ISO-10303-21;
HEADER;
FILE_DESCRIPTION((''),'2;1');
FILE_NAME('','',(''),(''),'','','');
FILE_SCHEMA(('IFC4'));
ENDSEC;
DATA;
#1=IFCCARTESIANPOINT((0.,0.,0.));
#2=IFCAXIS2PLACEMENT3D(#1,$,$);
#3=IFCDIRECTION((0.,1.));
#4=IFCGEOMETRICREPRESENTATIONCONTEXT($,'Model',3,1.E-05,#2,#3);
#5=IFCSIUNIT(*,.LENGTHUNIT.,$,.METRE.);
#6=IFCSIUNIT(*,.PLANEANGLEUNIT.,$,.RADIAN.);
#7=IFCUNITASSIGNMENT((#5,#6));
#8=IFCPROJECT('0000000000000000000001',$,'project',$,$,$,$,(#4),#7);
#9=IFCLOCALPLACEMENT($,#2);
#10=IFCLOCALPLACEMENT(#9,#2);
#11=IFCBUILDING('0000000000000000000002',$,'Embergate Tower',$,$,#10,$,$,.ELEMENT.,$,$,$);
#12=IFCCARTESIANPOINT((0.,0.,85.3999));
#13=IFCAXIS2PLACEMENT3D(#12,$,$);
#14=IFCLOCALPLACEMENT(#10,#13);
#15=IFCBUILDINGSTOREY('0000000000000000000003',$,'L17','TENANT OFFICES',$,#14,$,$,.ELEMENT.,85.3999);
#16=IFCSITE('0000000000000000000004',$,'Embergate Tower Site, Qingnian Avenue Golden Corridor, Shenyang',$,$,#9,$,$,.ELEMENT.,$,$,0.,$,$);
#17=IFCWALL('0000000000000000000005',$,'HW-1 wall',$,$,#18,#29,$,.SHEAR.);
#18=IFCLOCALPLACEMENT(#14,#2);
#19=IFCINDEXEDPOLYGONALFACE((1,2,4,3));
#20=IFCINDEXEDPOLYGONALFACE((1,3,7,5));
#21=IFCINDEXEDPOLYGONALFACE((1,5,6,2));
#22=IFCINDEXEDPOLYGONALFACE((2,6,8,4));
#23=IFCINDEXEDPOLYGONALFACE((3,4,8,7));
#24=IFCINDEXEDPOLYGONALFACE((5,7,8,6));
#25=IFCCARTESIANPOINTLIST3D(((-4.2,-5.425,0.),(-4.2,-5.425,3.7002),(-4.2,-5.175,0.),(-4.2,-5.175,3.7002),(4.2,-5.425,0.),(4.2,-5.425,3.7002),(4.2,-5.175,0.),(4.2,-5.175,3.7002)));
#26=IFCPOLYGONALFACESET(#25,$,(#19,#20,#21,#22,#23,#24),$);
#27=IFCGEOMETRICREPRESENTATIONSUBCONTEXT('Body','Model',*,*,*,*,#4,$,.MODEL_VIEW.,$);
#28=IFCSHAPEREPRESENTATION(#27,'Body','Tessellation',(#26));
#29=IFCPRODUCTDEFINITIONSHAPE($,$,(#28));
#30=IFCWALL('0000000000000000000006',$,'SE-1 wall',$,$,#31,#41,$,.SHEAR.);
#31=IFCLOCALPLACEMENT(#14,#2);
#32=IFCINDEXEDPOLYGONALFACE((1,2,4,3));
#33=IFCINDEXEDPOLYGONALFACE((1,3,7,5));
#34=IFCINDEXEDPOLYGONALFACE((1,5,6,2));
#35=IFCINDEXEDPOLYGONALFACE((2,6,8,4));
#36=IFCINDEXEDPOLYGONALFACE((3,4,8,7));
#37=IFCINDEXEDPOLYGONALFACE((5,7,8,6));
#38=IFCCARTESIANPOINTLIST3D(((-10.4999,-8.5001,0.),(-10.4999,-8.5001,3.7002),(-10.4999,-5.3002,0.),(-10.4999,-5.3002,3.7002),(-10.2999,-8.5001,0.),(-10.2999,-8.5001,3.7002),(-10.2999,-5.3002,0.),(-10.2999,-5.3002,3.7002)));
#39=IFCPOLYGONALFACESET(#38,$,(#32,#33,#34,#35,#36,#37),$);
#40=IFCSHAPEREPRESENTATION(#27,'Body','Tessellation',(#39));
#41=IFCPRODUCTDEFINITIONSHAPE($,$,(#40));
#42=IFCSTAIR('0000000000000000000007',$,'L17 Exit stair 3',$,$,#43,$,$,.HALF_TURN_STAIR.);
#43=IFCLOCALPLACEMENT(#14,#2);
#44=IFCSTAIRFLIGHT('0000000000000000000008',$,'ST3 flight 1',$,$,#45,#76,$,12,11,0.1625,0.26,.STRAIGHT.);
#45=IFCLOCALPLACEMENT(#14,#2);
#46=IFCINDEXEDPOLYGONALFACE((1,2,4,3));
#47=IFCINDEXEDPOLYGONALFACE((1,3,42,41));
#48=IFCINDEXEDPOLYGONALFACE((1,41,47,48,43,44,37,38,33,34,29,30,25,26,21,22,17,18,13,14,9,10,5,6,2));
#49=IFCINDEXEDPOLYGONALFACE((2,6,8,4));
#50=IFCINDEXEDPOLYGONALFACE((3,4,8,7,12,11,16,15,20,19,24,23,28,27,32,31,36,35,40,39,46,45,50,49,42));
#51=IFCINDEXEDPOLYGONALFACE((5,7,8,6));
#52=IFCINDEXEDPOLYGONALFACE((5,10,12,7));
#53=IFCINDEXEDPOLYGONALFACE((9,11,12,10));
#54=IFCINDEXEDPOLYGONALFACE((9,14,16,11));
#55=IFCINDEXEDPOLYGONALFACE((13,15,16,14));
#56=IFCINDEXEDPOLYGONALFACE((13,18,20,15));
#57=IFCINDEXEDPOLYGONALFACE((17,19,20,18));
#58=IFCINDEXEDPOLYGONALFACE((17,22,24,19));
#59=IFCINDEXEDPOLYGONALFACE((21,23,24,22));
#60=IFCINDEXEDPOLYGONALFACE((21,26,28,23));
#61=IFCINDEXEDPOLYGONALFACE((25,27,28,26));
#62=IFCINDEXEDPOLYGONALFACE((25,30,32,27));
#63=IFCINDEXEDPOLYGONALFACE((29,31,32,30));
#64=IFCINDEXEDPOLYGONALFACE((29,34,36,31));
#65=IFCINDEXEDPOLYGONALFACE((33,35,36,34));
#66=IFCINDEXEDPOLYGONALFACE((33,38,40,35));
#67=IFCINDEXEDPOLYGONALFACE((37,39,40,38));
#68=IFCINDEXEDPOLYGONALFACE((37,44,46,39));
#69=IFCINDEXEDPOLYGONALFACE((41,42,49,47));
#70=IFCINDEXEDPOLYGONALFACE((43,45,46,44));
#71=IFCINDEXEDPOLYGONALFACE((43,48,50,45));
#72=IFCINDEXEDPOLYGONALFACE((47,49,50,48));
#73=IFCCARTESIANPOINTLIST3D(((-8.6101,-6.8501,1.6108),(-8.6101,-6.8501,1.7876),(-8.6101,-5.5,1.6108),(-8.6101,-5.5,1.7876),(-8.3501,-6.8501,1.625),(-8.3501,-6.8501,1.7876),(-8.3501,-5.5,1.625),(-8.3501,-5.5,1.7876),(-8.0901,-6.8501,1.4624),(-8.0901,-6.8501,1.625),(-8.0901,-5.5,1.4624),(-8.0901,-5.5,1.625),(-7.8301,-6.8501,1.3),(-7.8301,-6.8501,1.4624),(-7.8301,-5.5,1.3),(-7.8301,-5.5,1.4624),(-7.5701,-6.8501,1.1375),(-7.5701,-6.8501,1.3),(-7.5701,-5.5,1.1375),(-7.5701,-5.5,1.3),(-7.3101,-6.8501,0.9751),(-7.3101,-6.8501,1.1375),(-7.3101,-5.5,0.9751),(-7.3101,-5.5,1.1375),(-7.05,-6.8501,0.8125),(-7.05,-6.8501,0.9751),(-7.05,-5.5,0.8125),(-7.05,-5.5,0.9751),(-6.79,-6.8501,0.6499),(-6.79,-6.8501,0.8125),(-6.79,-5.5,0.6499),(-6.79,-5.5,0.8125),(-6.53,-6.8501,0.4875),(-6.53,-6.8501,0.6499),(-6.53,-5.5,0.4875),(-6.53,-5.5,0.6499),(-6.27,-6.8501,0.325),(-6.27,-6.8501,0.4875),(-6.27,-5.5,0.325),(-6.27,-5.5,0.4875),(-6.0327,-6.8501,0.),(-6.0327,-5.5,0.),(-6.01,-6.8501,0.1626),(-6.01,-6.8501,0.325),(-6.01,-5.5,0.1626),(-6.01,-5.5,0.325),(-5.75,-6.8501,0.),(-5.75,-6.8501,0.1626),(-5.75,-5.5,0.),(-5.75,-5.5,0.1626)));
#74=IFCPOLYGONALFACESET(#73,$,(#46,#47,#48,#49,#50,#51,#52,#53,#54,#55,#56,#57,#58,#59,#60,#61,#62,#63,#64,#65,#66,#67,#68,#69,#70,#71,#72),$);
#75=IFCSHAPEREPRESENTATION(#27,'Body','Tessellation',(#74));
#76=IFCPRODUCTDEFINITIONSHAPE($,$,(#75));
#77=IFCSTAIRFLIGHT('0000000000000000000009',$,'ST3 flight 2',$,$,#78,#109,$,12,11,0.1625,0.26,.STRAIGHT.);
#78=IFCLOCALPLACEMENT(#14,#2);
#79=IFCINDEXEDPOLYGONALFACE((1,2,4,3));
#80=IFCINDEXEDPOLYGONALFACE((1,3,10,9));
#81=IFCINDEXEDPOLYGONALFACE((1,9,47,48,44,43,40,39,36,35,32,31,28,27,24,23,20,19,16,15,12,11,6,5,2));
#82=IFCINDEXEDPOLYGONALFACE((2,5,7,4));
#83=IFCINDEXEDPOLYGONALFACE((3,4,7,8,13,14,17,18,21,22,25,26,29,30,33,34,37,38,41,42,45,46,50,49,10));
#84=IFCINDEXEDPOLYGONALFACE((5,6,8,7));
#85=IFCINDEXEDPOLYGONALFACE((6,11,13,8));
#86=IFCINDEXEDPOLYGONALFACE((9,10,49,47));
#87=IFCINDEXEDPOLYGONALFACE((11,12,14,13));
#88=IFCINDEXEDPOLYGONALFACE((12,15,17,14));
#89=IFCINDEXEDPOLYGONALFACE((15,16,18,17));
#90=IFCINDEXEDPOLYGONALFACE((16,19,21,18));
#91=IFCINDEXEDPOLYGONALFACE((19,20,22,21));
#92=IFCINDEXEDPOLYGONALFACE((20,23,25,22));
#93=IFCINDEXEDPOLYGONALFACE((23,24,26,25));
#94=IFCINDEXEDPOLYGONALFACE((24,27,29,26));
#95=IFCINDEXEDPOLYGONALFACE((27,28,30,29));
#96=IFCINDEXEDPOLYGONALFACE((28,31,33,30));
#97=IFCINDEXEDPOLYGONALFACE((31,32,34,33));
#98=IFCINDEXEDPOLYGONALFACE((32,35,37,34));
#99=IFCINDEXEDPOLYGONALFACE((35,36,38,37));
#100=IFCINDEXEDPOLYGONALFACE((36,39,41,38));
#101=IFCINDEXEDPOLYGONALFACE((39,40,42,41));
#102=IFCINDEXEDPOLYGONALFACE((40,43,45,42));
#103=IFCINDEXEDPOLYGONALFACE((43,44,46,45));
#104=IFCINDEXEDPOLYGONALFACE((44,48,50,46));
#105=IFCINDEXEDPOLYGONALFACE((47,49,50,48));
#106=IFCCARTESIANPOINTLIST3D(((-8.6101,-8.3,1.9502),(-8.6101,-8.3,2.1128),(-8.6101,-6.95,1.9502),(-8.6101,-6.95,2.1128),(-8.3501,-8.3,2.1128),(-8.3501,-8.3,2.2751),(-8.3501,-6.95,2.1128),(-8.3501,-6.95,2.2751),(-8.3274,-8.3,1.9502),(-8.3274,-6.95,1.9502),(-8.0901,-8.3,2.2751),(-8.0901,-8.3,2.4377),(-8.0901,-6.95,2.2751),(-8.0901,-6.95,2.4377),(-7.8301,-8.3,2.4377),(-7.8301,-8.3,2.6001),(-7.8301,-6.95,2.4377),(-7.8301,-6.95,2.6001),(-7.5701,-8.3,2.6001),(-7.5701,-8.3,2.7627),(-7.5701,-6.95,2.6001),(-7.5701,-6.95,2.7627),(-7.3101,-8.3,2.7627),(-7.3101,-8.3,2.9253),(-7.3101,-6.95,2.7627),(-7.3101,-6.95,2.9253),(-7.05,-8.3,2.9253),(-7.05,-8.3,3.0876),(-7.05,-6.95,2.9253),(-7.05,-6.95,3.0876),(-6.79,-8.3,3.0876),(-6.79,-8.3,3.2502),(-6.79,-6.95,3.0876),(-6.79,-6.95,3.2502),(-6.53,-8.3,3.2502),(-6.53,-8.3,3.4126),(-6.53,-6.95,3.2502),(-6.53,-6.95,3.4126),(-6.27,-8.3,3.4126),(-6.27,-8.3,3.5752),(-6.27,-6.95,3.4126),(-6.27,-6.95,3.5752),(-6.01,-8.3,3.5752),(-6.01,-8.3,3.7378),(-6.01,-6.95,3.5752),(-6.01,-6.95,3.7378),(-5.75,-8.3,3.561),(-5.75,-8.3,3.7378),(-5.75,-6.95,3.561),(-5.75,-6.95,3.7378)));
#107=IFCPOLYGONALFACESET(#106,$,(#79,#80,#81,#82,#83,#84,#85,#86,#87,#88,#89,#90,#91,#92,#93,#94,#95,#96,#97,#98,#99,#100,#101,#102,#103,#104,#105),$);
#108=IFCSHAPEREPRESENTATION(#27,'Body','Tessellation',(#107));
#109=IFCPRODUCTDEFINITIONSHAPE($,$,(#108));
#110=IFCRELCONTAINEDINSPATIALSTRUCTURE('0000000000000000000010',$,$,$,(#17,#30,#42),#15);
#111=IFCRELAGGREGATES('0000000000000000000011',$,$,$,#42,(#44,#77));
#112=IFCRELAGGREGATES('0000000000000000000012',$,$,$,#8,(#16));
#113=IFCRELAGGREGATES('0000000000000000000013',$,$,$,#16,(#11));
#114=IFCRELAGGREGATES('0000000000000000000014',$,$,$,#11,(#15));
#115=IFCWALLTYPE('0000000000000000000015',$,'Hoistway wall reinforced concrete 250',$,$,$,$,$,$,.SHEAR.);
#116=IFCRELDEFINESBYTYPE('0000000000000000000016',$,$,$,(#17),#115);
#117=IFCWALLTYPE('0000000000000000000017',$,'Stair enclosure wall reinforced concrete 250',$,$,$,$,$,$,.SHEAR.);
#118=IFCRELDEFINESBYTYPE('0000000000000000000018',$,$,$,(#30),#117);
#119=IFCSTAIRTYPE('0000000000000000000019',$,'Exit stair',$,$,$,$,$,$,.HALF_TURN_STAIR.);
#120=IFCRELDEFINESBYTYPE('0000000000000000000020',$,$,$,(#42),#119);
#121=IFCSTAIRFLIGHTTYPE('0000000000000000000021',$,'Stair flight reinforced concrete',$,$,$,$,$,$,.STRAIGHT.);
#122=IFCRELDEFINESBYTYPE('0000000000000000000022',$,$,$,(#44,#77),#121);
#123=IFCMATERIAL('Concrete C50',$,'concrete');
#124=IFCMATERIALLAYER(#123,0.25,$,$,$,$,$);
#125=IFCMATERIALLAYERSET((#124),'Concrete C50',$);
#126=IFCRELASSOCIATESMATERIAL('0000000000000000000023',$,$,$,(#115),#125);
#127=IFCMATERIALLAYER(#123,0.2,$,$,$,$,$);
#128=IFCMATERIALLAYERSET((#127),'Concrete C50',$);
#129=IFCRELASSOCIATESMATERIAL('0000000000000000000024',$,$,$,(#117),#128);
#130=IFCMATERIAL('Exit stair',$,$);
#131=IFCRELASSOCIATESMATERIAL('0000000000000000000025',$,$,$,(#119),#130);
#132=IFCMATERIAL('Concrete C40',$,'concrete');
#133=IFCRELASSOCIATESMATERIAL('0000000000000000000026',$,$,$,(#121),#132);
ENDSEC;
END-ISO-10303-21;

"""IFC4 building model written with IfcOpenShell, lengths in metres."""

from ifc_helpers import new_model, si_unit, direction, frame, frame_2d, origin, place, context, subcontext, project, spatial, polyline, rectangle, outline, extrude, source, transform, mapped, material, layer, layer_set, type_object, element, aggregate, save


model = new_model("IFC4")

# Units and contexts
model_context = context("Model", 3, precision=1e-05, world=origin(), true_north=direction((0.0, 1.0)))
body_context = subcontext(model_context, "Body", "Model", "MODEL_VIEW")
ifc_project = project(units=[si_unit("LENGTHUNIT", "METRE"), si_unit("PLANEANGLEUNIT", "RADIAN")], contexts=[model_context])

# Site, building, storey
site_placement = place(None, origin())
site = spatial("IfcSite", under=ifc_project, at=site_placement, Name="Embergate Tower Site, Qingnian Avenue Golden Corridor, Shenyang", CompositionType="ELEMENT", RefElevation=0.0)
building_placement = place(site_placement, origin())
building = spatial("IfcBuilding", under=site, at=building_placement, Name="Embergate Tower", CompositionType="ELEMENT")
storey_placement = place(building_placement, frame((0.0, 0.0, 85.3999)))
storey = spatial("IfcBuildingStorey", under=building, at=storey_placement, Name="L17", Description="TENANT OFFICES", CompositionType="ELEMENT", Elevation=85.3999)

# Walls
ifc_material_1 = material(Name="Concrete C50", Category="concrete")
ifc_layer_1 = layer(ifc_material_1, 0.25)
ifc_layer_set_1 = layer_set([ifc_layer_1], Name="Concrete C50")
wall_type_1 = type_object("IfcWallType", Name="Hoistway wall reinforced concrete 250", PredefinedType="SHEAR", material=ifc_layer_set_1)
ifc_layer_2 = layer(ifc_material_1, 0.2)
ifc_layer_set_2 = layer_set([ifc_layer_2], Name="Concrete C50")
wall_type_2 = type_object("IfcWallType", Name="Stair enclosure wall reinforced concrete 250", PredefinedType="SHEAR", material=ifc_layer_set_2)
shared_shape_1 = source(origin(), body_context, "Body", "SweptSolid", [
    extrude(rectangle(XDim=8.3999, YDim=0.25, at=frame_2d((4.2, 0.0))), origin(), (0.0, 0.0, 1.0), 3.7002),
])
wall_1_placement = place(storey_placement, frame((-4.2, -5.3, 0.0), z_axis=(0.0, 0.0, 1.0), x_axis=(1.0, 0.0, 0.0)))
element("IfcWall", 1, at=wall_1_placement, inside=storey, type_object=wall_type_1, Name="HW-1 wall", PredefinedType="SHEAR", context=body_context, shape_type="MappedRepresentation", body=[
    mapped(shared_shape_1, transform((0.0, 0.0, 0.0))),
])
shared_shape_2 = source(origin(), body_context, "Body", "SweptSolid", [
    extrude(rectangle(XDim=3.2, YDim=0.2, at=frame_2d((1.6001, 0.0))), origin(), (0.0, 0.0, 1.0), 3.7002),
])
wall_2_placement = place(storey_placement, frame((-10.3999, -5.3, 0.0), z_axis=(0.0, 0.0, 1.0), x_axis=(0.0, -1.0, 0.0)))
element("IfcWall", 2, at=wall_2_placement, inside=storey, type_object=wall_type_2, Name="SE-1 wall", PredefinedType="SHEAR", context=body_context, shape_type="MappedRepresentation", body=[
    mapped(shared_shape_2, transform((0.0, 0.0, 0.0))),
])

# Stair, stair flights
ifc_material_2 = material(Name="Exit stair")
stair_type = type_object("IfcStairType", Name="Exit stair", PredefinedType="HALF_TURN_STAIR", material=ifc_material_2)
stair_placement = place(storey_placement, origin())
stair = element("IfcStair", 3, at=stair_placement, inside=storey, type_object=stair_type, Name="L17 Exit stair 3", PredefinedType="HALF_TURN_STAIR")
ifc_material_3 = material(Name="Concrete C40", Category="concrete")
stair_flight_type = type_object("IfcStairFlightType", Name="Stair flight reinforced concrete", PredefinedType="STRAIGHT", material=ifc_material_3)
shared_shape_3 = source(origin(), body_context, "Body", "SweptSolid", [
    extrude(outline(polyline([(0.0, 0.0), (0.0, 0.1626), (0.26, 0.1626), (0.26, 0.325), (0.52, 0.325), (0.52, 0.4875), (0.78, 0.4875), (0.78, 0.6499), (1.04, 0.6499), (1.04, 0.8125), (1.3, 0.8125), (1.3, 0.9751), (1.5601, 0.9751), (1.5601, 1.1375), (1.8201, 1.1375), (1.8201, 1.3), (2.0801, 1.3), (2.0801, 1.4624), (2.3401, 1.4624), (2.3401, 1.625), (2.6001, 1.625), (2.6001, 1.7876), (2.8601, 1.7876), (2.8601, 1.95), (2.8601, 1.6108), (0.2827, 0.0), (0.0, 0.0)])), frame((0.0, 0.675, 0.0), z_axis=(0.0, -1.0, 0.0), x_axis=(1.0, 0.0, 0.0)), (0.0, 0.0, 1.0), 1.3501),
])
stair_flight_1_placement = place(storey_placement, frame((-5.75, -6.175, 0.0), z_axis=(0.0, 0.0, 1.0), x_axis=(-1.0, 0.0, 0.0)))
stair_flight_1 = element("IfcStairFlight", 4, at=stair_flight_1_placement, type_object=stair_flight_type, Name="ST3 flight 1", NumberOfRisers=12, NumberOfTreads=11, PredefinedType="STRAIGHT", RiserHeight=0.1625, TreadLength=0.26, context=body_context, shape_type="MappedRepresentation", body=[
    mapped(shared_shape_3, transform((0.0, 0.0, 0.0))),
])
stair_flight_2_placement = place(storey_placement, frame((-8.6101, -7.625, 1.9502), z_axis=(0.0, 0.0, 1.0), x_axis=(1.0, 0.0, 0.0)))
stair_flight_2 = element("IfcStairFlight", 5, at=stair_flight_2_placement, type_object=stair_flight_type, Name="ST3 flight 2", NumberOfRisers=12, NumberOfTreads=11, PredefinedType="STRAIGHT", RiserHeight=0.1625, TreadLength=0.26, context=body_context, shape_type="MappedRepresentation", body=[
    mapped(shared_shape_3, transform((0.0, 0.0, 0.0))),
])
aggregate(stair, [stair_flight_1, stair_flight_2])

save(model, "model.ifc")
